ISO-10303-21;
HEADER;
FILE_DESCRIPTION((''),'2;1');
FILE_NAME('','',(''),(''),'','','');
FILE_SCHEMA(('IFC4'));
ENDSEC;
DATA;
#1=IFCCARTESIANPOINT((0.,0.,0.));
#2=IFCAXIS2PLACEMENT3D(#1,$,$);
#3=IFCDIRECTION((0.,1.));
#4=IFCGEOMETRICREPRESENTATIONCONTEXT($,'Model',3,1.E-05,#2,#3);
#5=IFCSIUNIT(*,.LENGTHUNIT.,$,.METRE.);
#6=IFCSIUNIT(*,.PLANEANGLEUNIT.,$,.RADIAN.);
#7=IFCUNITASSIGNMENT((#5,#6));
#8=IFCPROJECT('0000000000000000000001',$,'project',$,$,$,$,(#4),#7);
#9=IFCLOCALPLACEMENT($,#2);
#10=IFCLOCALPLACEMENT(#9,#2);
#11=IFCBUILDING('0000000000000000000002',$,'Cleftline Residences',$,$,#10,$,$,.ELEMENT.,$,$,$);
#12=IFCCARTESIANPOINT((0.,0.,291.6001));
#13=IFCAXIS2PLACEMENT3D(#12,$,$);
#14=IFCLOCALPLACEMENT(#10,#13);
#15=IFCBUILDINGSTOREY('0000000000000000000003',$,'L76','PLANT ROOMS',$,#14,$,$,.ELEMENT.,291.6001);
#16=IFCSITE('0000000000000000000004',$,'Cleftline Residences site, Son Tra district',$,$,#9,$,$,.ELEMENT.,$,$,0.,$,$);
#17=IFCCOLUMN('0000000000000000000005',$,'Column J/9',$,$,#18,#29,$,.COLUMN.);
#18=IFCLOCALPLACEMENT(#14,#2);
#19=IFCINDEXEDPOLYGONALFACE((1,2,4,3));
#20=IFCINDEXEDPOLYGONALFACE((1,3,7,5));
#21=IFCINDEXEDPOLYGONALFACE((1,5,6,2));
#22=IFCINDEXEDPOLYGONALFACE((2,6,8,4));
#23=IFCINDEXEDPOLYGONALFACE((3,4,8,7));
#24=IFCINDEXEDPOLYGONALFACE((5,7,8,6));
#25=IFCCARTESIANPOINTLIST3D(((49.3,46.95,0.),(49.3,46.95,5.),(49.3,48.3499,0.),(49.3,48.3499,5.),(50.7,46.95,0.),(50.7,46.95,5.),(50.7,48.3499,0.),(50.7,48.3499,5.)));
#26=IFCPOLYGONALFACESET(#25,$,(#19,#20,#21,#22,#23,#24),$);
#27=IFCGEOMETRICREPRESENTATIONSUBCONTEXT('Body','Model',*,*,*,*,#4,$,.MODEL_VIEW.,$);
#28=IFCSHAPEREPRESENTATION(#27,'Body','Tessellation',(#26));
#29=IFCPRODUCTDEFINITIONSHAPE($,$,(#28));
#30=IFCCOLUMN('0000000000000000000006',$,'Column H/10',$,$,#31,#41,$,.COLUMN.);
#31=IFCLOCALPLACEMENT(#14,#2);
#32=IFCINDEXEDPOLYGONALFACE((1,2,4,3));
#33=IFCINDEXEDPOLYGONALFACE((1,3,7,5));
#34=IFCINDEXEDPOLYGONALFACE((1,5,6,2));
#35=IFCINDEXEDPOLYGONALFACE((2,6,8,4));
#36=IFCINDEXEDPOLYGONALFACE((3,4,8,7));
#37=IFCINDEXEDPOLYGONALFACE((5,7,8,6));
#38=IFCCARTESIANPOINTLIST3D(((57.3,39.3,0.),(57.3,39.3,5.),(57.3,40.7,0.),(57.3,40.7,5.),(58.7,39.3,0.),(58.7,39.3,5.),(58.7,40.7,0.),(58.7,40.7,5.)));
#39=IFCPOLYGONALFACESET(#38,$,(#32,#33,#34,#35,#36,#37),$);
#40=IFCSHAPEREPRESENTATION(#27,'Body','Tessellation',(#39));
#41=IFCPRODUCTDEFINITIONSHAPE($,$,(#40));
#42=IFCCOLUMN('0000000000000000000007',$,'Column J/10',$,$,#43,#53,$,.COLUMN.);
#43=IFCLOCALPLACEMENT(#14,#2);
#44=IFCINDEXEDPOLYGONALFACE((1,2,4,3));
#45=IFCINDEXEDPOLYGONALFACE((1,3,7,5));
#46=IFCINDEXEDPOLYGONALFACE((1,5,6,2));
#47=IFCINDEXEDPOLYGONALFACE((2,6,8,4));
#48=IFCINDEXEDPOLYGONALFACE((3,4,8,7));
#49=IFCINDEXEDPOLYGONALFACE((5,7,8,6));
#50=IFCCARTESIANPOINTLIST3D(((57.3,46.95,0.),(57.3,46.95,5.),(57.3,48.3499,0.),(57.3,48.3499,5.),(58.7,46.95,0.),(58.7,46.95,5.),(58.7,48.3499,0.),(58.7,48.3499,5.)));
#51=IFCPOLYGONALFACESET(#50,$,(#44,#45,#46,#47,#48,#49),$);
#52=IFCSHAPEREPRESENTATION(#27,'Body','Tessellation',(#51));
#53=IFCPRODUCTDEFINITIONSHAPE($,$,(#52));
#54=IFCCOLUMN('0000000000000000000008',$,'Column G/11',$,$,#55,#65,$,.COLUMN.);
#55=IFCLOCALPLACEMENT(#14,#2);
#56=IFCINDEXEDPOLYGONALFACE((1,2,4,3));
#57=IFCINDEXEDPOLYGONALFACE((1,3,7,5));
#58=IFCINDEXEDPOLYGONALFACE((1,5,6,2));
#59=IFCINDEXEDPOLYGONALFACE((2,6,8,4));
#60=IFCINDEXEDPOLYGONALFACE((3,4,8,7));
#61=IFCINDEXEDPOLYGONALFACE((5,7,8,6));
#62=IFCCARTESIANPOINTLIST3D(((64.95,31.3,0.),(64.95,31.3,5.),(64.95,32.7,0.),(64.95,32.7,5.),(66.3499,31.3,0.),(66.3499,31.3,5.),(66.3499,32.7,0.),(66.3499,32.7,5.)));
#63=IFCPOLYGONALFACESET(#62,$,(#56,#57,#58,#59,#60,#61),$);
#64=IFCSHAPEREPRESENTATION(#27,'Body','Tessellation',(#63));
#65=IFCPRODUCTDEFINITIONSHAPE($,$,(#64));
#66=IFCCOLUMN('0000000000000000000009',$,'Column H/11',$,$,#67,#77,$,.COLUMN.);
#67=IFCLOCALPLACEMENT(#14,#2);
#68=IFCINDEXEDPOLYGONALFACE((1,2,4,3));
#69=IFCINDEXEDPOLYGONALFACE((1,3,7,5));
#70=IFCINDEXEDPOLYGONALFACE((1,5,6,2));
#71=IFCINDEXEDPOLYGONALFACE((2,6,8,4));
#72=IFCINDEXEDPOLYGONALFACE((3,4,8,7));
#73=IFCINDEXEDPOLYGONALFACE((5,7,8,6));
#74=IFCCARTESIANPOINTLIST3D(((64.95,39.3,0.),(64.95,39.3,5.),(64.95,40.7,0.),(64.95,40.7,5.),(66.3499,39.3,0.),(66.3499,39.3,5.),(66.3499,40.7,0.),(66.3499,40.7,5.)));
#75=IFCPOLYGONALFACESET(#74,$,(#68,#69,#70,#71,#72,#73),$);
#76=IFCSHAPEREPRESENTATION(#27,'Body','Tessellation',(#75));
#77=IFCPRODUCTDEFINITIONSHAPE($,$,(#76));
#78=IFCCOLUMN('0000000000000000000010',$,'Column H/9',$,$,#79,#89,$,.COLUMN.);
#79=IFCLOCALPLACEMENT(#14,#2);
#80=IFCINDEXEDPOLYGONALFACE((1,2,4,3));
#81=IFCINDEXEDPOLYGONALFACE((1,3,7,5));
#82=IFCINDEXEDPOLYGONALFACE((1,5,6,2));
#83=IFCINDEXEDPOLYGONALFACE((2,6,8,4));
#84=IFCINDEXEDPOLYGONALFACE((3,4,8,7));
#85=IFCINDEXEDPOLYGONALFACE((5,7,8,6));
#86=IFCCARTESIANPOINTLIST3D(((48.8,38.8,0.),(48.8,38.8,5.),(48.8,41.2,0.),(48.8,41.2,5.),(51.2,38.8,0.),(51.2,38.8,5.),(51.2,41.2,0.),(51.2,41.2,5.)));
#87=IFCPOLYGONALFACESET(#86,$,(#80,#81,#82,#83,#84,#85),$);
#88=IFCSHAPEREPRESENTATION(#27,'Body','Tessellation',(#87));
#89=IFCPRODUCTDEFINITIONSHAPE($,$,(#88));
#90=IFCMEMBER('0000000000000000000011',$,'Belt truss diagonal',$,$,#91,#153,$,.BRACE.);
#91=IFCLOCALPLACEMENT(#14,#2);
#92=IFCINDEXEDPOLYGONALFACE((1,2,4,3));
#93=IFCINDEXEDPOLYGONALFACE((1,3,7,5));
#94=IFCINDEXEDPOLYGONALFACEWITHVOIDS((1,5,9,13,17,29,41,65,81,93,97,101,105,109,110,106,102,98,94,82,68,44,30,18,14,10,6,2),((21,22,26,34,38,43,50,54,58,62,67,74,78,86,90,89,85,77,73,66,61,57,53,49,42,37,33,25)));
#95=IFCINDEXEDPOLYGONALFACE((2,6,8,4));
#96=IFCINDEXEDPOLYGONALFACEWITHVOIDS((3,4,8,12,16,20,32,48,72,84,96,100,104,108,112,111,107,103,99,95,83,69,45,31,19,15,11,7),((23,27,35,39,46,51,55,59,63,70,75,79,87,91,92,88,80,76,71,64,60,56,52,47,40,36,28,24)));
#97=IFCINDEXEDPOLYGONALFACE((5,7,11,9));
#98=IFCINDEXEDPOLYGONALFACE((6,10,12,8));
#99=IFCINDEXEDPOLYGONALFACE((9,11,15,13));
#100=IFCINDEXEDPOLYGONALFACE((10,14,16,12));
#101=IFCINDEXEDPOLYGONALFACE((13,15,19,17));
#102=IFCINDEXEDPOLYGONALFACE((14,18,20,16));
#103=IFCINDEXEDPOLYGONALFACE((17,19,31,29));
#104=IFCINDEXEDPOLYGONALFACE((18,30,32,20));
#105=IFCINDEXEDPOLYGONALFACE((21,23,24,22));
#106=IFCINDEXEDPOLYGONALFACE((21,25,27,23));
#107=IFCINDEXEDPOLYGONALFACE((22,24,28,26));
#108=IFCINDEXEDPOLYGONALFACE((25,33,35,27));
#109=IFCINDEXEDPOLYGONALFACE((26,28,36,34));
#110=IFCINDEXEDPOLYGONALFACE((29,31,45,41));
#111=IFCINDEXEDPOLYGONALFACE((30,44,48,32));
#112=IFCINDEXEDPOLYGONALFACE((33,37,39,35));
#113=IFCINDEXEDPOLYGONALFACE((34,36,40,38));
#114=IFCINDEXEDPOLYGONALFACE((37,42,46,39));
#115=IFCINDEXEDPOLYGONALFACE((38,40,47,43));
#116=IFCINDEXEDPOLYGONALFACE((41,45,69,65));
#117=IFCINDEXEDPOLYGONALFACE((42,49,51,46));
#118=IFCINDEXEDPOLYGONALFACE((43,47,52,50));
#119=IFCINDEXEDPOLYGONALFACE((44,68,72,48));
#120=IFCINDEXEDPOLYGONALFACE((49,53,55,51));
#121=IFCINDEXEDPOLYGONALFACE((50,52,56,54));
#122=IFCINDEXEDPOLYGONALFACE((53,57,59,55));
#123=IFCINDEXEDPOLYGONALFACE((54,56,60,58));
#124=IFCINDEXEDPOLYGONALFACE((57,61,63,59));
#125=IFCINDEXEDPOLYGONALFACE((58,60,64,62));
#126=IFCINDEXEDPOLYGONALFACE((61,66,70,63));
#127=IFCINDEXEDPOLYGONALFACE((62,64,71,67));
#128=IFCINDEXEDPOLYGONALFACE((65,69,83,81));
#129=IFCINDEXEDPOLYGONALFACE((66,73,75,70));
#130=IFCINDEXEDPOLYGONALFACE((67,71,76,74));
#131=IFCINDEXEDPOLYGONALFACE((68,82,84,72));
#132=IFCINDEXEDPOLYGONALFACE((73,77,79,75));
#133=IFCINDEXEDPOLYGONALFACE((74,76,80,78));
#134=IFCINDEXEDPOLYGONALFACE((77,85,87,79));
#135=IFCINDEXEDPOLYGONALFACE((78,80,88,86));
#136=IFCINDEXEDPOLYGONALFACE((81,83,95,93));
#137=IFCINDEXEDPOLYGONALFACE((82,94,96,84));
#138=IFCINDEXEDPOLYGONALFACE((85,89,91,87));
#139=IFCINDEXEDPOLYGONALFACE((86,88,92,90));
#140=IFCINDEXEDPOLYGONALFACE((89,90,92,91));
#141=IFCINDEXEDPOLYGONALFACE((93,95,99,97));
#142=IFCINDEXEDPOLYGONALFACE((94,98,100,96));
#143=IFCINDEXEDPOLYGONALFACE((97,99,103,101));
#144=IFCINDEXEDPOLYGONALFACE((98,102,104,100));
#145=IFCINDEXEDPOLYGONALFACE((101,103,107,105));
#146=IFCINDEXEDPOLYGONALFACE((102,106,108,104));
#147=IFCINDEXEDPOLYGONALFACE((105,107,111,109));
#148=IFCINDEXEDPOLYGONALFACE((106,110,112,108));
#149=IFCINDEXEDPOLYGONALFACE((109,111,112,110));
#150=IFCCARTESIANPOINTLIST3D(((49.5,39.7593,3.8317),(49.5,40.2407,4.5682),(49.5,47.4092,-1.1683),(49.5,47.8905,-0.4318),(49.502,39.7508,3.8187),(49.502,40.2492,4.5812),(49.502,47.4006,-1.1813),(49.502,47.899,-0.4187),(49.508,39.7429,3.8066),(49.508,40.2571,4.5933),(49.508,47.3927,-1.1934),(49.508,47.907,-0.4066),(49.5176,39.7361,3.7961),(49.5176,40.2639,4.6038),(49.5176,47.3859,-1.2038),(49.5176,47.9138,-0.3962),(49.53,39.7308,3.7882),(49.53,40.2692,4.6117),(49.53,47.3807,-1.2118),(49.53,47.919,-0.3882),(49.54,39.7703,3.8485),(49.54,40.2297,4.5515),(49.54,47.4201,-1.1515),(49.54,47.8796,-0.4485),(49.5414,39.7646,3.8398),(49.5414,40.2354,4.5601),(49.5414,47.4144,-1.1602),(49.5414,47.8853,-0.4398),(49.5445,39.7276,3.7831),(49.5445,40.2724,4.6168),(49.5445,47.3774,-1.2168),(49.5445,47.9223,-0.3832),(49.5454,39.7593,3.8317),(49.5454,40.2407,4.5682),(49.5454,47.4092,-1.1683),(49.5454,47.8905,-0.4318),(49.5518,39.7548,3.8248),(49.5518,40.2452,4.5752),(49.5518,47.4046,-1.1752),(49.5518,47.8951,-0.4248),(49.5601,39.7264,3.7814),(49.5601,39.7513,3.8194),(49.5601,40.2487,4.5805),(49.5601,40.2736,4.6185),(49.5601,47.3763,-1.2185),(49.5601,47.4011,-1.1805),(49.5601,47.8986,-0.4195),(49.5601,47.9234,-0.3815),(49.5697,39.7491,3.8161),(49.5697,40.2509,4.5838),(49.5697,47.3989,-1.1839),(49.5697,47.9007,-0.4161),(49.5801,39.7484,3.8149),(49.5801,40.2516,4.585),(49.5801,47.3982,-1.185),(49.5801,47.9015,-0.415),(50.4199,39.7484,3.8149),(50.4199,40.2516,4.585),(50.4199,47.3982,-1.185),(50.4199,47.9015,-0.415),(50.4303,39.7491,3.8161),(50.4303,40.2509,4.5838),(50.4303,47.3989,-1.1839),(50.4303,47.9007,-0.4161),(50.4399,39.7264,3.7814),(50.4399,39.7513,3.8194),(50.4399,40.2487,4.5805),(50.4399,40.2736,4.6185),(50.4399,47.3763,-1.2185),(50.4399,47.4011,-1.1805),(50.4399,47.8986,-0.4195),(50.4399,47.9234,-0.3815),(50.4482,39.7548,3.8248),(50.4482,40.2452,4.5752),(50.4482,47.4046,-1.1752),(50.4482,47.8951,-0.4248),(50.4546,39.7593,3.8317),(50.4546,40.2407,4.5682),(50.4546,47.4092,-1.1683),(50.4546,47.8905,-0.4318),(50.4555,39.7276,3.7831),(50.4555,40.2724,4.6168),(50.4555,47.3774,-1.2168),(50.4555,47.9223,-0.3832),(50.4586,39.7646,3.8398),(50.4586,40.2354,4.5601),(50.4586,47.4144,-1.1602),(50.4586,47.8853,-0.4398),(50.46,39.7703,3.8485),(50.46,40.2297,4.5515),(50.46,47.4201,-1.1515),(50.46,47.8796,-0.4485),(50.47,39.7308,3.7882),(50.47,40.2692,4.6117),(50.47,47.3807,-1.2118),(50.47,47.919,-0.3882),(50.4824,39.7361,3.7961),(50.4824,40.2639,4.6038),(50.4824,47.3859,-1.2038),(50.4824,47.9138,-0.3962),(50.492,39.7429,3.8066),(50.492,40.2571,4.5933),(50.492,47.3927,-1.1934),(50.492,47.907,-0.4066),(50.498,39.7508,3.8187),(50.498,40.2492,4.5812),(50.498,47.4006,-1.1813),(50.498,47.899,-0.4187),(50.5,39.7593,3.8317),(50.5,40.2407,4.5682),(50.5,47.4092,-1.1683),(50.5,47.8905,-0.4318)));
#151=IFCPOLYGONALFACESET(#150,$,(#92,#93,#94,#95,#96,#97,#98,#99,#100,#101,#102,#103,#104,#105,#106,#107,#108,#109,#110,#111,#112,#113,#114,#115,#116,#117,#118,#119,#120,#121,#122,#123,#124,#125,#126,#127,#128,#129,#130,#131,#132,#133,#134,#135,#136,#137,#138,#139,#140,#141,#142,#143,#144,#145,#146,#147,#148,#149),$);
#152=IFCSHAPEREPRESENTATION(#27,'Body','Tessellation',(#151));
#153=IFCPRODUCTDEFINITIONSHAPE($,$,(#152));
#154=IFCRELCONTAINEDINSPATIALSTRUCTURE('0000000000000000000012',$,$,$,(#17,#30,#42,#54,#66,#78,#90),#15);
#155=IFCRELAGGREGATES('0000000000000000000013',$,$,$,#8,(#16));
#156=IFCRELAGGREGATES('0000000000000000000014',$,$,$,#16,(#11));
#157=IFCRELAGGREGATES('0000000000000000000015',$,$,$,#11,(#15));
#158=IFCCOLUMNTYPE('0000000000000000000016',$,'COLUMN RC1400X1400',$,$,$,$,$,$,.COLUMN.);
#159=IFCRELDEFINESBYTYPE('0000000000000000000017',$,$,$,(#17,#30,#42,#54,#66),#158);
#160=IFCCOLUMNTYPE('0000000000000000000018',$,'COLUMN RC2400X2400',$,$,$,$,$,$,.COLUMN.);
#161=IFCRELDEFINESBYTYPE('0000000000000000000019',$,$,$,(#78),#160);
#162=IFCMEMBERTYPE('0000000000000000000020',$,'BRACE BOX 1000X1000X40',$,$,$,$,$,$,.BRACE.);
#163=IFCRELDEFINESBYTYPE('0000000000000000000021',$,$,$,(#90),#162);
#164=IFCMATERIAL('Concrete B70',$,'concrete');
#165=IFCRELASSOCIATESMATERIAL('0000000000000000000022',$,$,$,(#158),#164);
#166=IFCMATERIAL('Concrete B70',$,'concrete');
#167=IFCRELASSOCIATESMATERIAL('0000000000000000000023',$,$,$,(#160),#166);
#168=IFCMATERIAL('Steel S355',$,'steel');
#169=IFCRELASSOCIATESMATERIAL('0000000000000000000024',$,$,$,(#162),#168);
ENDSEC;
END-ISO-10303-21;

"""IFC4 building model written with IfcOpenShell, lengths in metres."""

from ifc_helpers import new_model, si_unit, direction, frame, origin, origin_2d, place, context, subcontext, project, spatial, rectangle, hollow_rectangle, extrude, material, material_profile, profile_set, type_object, element, save


model = new_model("IFC4")

# Units and contexts
model_context = context("Model", 3, precision=1e-05, world=origin(), true_north=direction((0.0, 1.0)))
body_context = subcontext(model_context, "Body", "Model", "MODEL_VIEW")
ifc_project = project(units=[si_unit("LENGTHUNIT", "METRE"), si_unit("PLANEANGLEUNIT", "RADIAN")], contexts=[model_context])

# Site, building, storey
site_placement = place(None, origin())
site = spatial("IfcSite", under=ifc_project, at=site_placement, Name="Cleftline Residences site, Son Tra district", CompositionType="ELEMENT", RefElevation=0.0)
building_placement = place(site_placement, origin())
building = spatial("IfcBuilding", under=site, at=building_placement, Name="Cleftline Residences", CompositionType="ELEMENT")
storey_placement = place(building_placement, frame((0.0, 0.0, 291.6001)))
storey = spatial("IfcBuildingStorey", under=building, at=storey_placement, Name="L76", Description="PLANT ROOMS", CompositionType="ELEMENT", Elevation=291.6001)

# Columns
ifc_material_1 = material(Name="Concrete B70", Category="concrete")
ifc_material_profile_1 = material_profile(ifc_material_1, rectangle(XDim=1.3999, YDim=1.3999, at=origin_2d()))
ifc_profile_set_1 = profile_set([ifc_material_profile_1], Name="Concrete B70")
column_type_1 = type_object("IfcColumnType", Name="COLUMN RC1400X1400", PredefinedType="COLUMN", material=ifc_profile_set_1)
for number, where, z_axis, x_axis, name in (
    (1, (50.0, 47.6499, 0.0), (0.0, 0.0, 1.0), (1.0, 0.0, 0.0), "Column J/9"),
    (2, (58.0, 40.0, 0.0), (0.0, 0.0, 1.0), (1.0, 0.0, 0.0), "Column H/10"),
    (3, (58.0, 47.6499, 0.0), (0.0, 0.0, 1.0), (1.0, 0.0, 0.0), "Column J/10"),
    (4, (65.6499, 32.0, 0.0), (0.0, 0.0, 1.0), (1.0, 0.0, 0.0), "Column G/11"),
    (5, (65.6499, 40.0, 0.0), (0.0, 0.0, 1.0), (1.0, 0.0, 0.0), "Column H/11"),
):
    element("IfcColumn", number, at=place(storey_placement, frame(where, z_axis=z_axis, x_axis=x_axis)), inside=storey, type_object=column_type_1, Name=name, PredefinedType="COLUMN", context=body_context, shape_type="SweptSolid", body=[
        extrude(rectangle(XDim=1.3999, YDim=1.3999, at=origin_2d()), origin(), (0.0, 0.0, 1.0), 5.0),
    ])
ifc_material_2 = material(Name="Concrete B70", Category="concrete")
ifc_material_profile_2 = material_profile(ifc_material_2, rectangle(XDim=2.3999, YDim=2.3999, at=origin_2d()))
ifc_profile_set_2 = profile_set([ifc_material_profile_2], Name="Concrete B70")
column_type_2 = type_object("IfcColumnType", Name="COLUMN RC2400X2400", PredefinedType="COLUMN", material=ifc_profile_set_2)
column_placement = place(storey_placement, frame((50.0, 40.0, 0.0), z_axis=(0.0, 0.0, 1.0), x_axis=(1.0, 0.0, 0.0)))
element("IfcColumn", 6, at=column_placement, inside=storey, type_object=column_type_2, Name="Column H/9", PredefinedType="COLUMN", context=body_context, shape_type="SweptSolid", body=[
    extrude(rectangle(XDim=2.3999, YDim=2.3999, at=origin_2d()), origin(), (0.0, 0.0, 1.0), 5.0),
])

# Member
ifc_material_3 = material(Name="Steel S355", Category="steel")
ifc_material_profile_3 = material_profile(ifc_material_3, hollow_rectangle(XDim=1.0, YDim=1.0, WallThickness=0.04, InnerFilletRadius=0.04, OuterFilletRadius=0.0601, at=origin_2d()))
ifc_profile_set_3 = profile_set([ifc_material_profile_3], Name="Steel S355")
member_type_1 = type_object("IfcMemberType", Name="BRACE BOX 1000X1000X40", PredefinedType="BRACE", material=ifc_profile_set_3)
member_1_placement = place(storey_placement, frame((50.0, 40.0, 4.2), z_axis=(0.0, 0.837063, -0.547107), x_axis=(0.0, 0.547107, 0.837063)))
element("IfcMember", 7, at=member_1_placement, inside=storey, type_object=member_type_1, Name="Belt truss diagonal", PredefinedType="BRACE", context=body_context, shape_type="SweptSolid", body=[
    extrude(hollow_rectangle(XDim=1.0, YDim=1.0, WallThickness=0.04, InnerFilletRadius=0.04, OuterFilletRadius=0.0601, at=origin_2d()), origin(), (0.0, 0.0, 1.0), 9.1389),
])

save(model, "model.ifc")
